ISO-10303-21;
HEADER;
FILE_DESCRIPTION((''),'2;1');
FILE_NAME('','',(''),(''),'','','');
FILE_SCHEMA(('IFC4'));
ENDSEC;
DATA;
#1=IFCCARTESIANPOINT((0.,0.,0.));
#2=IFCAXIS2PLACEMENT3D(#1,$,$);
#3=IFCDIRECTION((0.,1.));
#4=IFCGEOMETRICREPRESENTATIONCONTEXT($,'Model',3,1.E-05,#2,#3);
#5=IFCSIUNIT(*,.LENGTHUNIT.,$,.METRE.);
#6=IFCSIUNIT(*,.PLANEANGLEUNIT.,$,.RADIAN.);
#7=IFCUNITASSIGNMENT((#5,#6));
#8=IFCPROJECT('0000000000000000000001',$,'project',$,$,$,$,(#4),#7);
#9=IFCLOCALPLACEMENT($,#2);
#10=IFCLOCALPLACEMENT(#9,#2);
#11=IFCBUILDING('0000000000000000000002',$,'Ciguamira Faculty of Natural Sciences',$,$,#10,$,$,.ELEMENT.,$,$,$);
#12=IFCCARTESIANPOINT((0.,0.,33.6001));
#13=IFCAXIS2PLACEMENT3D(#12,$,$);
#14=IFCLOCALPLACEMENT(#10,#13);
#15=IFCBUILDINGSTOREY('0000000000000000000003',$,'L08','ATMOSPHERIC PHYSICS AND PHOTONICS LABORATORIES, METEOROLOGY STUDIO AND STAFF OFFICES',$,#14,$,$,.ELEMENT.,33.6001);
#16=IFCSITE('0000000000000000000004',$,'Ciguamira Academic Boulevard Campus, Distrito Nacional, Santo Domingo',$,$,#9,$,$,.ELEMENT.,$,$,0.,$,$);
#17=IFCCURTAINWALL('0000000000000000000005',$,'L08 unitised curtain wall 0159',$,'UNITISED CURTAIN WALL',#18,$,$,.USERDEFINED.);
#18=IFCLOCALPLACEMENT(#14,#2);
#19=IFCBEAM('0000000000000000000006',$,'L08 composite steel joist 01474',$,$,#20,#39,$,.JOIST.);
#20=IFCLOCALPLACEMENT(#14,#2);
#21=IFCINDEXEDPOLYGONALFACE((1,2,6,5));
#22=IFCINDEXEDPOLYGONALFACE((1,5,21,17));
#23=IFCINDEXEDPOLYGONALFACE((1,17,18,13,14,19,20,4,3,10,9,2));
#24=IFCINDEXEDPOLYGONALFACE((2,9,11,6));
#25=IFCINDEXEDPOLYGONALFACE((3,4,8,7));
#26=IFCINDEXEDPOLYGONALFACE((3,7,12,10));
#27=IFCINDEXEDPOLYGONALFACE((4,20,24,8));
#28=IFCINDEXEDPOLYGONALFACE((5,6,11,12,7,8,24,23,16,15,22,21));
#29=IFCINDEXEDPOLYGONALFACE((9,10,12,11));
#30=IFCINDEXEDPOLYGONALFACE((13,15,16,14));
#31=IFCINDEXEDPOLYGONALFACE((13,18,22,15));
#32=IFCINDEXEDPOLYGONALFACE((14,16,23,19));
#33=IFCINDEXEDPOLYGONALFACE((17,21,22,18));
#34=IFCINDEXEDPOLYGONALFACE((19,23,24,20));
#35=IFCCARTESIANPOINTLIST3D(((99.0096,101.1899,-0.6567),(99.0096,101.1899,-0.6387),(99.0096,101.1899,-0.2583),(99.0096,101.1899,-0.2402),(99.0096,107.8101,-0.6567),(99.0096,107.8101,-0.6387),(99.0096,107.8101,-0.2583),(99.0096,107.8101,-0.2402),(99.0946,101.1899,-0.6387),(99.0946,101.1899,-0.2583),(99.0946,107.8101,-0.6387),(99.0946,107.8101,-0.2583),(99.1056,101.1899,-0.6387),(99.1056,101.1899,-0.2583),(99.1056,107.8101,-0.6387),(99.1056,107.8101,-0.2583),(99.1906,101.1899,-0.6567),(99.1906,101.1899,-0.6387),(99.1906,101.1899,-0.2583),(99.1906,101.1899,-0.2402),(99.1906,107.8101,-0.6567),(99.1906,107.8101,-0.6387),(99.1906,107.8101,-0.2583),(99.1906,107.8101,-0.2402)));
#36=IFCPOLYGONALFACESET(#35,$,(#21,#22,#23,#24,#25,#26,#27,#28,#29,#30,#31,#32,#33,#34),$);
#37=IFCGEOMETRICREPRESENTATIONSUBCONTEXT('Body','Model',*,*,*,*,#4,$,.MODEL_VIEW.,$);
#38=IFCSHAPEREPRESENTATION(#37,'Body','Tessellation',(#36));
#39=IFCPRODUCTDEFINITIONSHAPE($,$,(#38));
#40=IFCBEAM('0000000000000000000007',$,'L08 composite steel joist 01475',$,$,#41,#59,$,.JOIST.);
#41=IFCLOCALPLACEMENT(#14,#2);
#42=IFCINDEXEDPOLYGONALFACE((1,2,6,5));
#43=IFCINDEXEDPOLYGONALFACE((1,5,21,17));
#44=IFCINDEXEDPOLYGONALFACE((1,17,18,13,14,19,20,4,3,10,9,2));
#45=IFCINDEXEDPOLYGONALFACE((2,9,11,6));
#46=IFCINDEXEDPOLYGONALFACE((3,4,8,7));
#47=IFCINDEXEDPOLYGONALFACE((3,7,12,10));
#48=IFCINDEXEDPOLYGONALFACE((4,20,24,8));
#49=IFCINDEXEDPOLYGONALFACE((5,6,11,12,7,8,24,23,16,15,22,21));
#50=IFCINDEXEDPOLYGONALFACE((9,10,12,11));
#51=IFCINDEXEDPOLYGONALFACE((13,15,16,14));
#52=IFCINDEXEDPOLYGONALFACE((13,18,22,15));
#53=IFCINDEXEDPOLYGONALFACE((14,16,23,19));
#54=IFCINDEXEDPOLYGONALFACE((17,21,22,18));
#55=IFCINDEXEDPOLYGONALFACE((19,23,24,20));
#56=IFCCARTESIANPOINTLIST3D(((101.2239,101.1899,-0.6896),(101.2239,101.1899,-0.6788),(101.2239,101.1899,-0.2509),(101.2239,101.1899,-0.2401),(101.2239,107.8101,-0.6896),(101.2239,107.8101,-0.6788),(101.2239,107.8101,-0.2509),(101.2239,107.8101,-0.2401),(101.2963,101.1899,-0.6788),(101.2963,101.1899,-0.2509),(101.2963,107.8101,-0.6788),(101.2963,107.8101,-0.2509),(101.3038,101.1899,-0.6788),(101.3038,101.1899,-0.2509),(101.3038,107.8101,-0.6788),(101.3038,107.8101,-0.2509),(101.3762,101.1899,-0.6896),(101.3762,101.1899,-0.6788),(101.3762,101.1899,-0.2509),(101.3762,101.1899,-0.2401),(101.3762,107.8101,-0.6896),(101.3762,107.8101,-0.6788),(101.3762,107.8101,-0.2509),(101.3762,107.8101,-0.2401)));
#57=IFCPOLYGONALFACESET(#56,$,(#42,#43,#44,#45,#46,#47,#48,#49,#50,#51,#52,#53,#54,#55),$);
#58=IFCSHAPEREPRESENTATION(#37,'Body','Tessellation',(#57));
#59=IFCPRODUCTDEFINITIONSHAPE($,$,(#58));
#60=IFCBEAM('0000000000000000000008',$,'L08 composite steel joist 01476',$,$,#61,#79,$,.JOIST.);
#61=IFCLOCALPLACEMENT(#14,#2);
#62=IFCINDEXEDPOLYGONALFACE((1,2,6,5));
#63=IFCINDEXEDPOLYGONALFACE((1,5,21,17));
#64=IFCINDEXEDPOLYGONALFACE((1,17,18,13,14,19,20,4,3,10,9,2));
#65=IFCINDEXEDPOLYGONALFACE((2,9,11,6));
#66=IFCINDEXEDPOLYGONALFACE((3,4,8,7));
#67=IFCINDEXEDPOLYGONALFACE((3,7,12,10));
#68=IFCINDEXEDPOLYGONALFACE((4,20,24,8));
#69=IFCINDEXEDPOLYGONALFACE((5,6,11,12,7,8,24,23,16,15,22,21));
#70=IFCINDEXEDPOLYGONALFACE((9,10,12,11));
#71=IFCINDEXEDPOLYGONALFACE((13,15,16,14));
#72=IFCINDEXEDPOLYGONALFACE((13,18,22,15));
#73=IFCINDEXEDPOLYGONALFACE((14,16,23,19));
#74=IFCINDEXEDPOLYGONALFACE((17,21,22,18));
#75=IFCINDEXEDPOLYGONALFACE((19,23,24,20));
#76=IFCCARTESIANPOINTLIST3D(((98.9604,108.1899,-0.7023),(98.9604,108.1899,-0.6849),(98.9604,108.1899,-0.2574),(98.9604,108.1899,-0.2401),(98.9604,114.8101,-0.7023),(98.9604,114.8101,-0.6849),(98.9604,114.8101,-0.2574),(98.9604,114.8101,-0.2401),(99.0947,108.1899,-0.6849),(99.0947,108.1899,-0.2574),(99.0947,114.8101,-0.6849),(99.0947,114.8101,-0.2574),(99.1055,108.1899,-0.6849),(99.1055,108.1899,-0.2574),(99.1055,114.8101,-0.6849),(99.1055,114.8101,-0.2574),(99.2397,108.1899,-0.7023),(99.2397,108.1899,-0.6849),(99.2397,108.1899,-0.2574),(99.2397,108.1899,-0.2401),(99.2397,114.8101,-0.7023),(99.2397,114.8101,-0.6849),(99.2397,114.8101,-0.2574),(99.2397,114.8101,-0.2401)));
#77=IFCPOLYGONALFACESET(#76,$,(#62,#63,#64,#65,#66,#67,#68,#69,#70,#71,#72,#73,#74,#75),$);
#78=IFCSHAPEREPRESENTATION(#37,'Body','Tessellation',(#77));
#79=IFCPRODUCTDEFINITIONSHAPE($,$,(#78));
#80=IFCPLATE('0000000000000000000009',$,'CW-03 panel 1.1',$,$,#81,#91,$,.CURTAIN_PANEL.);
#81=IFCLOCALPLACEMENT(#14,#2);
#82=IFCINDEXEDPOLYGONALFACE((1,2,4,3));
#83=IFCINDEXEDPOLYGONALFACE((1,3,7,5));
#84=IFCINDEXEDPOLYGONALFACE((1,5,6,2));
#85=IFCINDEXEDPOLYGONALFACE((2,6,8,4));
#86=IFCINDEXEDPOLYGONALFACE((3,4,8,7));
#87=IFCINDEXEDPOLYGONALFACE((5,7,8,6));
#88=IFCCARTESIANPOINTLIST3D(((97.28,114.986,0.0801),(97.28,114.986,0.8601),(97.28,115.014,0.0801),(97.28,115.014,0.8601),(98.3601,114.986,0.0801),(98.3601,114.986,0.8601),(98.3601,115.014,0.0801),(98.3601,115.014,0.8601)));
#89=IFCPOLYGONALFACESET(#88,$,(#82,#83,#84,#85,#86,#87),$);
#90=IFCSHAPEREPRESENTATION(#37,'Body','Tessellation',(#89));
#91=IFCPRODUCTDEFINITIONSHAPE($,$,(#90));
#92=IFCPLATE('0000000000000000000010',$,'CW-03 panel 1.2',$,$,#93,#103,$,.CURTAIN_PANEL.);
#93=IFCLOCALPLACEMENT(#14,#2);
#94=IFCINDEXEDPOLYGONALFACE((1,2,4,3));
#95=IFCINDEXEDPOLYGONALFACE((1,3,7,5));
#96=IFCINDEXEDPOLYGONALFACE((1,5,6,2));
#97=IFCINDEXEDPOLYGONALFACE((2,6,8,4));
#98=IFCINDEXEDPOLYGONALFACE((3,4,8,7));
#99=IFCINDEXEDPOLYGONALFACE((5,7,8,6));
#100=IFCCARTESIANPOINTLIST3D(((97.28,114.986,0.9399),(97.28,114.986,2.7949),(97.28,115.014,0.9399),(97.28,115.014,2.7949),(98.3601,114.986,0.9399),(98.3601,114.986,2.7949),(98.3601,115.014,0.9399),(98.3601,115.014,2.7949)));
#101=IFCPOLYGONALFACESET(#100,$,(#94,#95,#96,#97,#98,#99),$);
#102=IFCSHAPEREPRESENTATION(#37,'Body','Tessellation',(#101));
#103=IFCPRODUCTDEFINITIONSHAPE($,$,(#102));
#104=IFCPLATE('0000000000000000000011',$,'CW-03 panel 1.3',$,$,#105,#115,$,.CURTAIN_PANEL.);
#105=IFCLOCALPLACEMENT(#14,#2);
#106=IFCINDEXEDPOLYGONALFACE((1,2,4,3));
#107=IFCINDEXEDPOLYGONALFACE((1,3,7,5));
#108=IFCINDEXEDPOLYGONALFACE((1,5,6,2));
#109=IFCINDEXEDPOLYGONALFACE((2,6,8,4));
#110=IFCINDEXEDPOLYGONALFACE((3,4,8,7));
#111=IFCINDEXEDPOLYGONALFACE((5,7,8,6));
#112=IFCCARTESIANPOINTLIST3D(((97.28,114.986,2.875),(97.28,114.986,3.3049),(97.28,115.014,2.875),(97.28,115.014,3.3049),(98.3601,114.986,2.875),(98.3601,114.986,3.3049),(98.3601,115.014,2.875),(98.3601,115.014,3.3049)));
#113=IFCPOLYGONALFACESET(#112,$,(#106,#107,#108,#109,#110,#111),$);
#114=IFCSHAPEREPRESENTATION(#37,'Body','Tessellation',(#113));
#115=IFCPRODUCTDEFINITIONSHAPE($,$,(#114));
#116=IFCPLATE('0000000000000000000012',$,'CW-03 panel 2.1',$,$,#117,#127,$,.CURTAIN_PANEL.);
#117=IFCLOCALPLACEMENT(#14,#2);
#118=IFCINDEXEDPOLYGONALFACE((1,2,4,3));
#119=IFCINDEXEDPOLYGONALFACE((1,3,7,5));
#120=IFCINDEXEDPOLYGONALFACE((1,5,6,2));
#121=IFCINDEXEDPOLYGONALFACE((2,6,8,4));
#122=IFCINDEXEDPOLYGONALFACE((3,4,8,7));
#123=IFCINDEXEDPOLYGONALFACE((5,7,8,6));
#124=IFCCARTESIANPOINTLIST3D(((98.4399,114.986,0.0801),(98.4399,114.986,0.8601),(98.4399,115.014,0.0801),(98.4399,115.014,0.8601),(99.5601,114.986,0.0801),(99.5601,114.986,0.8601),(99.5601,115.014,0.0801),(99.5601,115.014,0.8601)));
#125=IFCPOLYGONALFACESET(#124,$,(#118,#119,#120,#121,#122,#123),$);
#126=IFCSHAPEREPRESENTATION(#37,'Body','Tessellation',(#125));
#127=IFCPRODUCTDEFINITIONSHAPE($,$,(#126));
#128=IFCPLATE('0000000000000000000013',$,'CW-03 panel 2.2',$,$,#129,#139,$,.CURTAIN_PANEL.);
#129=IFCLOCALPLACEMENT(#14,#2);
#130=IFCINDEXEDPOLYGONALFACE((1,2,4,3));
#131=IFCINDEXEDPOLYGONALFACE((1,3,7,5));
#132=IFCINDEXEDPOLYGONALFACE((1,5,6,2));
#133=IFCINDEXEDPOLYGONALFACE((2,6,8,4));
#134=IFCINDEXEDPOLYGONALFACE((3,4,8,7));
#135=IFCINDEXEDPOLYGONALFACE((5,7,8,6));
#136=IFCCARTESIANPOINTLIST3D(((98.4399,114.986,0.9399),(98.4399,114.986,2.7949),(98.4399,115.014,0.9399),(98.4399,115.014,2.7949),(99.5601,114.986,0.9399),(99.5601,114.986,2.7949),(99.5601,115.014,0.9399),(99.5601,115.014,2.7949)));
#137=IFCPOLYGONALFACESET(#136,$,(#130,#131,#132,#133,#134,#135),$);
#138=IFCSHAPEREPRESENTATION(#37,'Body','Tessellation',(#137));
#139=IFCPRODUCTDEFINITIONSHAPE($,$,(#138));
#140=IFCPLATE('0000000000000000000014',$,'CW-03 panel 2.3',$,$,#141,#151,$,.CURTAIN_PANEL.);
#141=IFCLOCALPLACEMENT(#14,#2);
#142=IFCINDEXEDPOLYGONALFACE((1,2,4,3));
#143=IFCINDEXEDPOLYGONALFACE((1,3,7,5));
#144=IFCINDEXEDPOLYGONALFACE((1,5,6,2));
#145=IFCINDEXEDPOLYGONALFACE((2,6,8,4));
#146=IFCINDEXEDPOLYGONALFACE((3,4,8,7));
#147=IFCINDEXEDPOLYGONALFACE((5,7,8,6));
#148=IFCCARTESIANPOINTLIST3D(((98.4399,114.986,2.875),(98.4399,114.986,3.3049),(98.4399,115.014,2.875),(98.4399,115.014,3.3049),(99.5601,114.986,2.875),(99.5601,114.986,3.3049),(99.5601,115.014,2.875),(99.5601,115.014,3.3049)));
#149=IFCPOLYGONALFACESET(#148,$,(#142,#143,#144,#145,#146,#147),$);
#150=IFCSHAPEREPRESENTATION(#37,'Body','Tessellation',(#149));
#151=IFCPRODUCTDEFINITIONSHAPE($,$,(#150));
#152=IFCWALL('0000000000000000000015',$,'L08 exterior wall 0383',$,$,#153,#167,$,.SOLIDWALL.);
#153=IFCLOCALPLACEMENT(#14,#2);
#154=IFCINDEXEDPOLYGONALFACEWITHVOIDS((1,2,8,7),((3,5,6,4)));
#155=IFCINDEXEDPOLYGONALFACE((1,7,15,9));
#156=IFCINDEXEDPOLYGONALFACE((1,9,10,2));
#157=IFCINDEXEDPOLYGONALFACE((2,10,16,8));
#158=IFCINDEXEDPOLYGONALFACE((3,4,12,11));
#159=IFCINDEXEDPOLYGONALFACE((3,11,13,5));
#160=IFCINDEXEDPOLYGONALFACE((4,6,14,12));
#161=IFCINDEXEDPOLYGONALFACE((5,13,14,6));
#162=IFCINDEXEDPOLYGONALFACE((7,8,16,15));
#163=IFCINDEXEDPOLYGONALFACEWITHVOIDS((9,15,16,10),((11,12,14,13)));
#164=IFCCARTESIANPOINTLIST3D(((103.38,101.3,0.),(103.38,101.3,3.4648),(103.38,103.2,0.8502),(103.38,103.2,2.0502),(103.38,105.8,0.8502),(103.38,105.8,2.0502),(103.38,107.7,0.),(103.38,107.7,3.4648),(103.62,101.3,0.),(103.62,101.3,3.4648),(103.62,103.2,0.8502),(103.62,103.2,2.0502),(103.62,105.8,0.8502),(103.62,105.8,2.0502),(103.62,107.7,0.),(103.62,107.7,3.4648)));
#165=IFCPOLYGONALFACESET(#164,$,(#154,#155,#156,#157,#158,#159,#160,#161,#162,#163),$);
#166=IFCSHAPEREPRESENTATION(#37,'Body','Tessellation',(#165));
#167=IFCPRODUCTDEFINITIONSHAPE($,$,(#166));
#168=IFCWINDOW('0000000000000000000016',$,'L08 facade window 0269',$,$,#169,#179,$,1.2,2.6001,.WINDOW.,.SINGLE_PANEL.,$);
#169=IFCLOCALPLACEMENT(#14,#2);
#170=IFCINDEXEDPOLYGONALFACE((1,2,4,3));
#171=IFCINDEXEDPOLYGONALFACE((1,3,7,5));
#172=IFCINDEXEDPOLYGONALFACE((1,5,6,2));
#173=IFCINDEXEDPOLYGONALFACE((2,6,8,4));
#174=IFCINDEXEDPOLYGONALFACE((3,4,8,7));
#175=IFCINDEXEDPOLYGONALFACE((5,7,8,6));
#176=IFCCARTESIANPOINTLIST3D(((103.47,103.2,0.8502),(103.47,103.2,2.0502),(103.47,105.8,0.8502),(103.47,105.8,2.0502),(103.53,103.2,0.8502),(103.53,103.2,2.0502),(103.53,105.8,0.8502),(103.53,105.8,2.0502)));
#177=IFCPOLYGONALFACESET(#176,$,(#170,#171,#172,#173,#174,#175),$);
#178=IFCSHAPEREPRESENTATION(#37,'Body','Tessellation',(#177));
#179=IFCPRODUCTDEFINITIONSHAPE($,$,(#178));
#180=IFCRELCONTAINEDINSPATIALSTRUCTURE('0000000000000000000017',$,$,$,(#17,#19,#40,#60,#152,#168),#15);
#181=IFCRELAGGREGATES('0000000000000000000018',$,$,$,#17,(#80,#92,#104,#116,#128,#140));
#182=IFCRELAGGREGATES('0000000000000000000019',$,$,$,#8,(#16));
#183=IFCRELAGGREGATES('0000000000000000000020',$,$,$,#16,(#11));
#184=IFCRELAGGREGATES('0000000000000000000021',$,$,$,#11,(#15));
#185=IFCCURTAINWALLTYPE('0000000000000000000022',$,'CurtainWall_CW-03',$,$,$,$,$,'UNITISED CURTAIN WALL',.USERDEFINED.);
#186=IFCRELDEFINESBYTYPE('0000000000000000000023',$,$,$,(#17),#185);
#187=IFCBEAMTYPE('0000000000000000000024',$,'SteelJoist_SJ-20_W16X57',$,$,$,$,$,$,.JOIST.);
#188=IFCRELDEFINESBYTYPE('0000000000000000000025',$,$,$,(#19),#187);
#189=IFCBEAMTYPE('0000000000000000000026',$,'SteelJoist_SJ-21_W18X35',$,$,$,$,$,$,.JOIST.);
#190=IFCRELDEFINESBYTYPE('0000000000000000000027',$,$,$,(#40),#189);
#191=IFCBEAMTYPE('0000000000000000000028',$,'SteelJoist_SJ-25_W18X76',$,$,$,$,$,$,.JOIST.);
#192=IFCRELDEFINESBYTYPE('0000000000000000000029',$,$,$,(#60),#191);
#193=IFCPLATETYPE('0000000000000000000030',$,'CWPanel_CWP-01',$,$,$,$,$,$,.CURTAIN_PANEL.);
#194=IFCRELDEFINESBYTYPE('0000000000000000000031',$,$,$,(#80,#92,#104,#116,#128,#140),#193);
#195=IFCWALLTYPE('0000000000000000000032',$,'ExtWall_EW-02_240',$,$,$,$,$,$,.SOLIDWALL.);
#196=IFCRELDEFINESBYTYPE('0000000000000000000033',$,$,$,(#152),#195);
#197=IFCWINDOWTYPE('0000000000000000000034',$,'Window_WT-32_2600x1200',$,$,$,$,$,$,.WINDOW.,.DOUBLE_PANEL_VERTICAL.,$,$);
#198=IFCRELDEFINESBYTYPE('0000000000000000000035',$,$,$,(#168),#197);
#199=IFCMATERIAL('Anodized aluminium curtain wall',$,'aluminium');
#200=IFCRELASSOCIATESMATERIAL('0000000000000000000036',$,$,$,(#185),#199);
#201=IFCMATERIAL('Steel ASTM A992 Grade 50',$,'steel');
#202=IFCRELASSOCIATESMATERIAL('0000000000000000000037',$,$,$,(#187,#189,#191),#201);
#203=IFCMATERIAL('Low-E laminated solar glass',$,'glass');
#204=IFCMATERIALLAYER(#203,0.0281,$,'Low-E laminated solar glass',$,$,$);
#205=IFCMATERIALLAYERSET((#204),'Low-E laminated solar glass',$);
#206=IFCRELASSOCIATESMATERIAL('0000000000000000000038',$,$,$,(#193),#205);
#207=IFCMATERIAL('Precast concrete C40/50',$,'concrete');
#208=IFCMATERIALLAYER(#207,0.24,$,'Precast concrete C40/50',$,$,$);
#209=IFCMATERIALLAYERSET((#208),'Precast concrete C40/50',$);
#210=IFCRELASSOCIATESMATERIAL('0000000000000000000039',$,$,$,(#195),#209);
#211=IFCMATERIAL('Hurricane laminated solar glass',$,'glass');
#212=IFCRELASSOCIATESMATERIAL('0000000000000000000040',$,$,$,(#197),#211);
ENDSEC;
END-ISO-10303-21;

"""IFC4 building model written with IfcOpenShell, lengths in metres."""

from ifc_helpers import new_model, si_unit, direction, frame, frame_2d, origin, origin_2d, place, context, subcontext, project, spatial, rectangle, i_section, extrude, material, layer, layer_set, material_profile, profile_set, type_object, element, fill, aggregate, save


model = new_model("IFC4")

# Units and contexts
model_context = context("Model", 3, precision=1e-05, world=origin(), true_north=direction((0.0, 1.0)))
body_context = subcontext(model_context, "Body", "Model", "MODEL_VIEW")
ifc_project = project(units=[si_unit("LENGTHUNIT", "METRE"), si_unit("PLANEANGLEUNIT", "RADIAN")], contexts=[model_context])

# Site, building, storey
site_placement = place(None, origin())
site = spatial("IfcSite", under=ifc_project, at=site_placement, Name="Ciguamira Academic Boulevard Campus, Distrito Nacional, Santo Domingo", CompositionType="ELEMENT", RefElevation=0.0)
building_placement = place(site_placement, origin())
building = spatial("IfcBuilding", under=site, at=building_placement, Name="Ciguamira Faculty of Natural Sciences", CompositionType="ELEMENT")
storey_placement = place(building_placement, frame((0.0, 0.0, 33.6001)))
storey = spatial("IfcBuildingStorey", under=building, at=storey_placement, Name="L08", Description="ATMOSPHERIC PHYSICS AND PHOTONICS LABORATORIES, METEOROLOGY STUDIO AND STAFF OFFICES", CompositionType="ELEMENT", Elevation=33.6001)

# Curtain wall
ifc_material_1 = material(Name="Anodized aluminium curtain wall", Category="aluminium")
curtain_wall_type = type_object("IfcCurtainWallType", Name="CurtainWall_CW-03", ElementType="UNITISED CURTAIN WALL", PredefinedType="USERDEFINED", material=ifc_material_1)
curtain_wall_placement = place(storey_placement, origin())
curtain_wall = element("IfcCurtainWall", 1, at=curtain_wall_placement, inside=storey, type_object=curtain_wall_type, Name="L08 unitised curtain wall 0159", ObjectType="UNITISED CURTAIN WALL", PredefinedType="USERDEFINED")

# Beams
ifc_material_2 = material(Name="Precast concrete C40/50", Category="concrete")
ifc_material_3 = material(Name="Steel ASTM A992 Grade 50", Category="steel")
ifc_material_profile_1 = material_profile(ifc_material_3, i_section(OverallWidth=0.1809, OverallDepth=0.4165, WebThickness=0.011, FlangeThickness=0.0181, at=origin_2d()), Name="W16X57")
ifc_profile_set_1 = profile_set([ifc_material_profile_1], Name="Steel ASTM A992 Grade 50")
beam_type_1 = type_object("IfcBeamType", Name="SteelJoist_SJ-20_W16X57", PredefinedType="JOIST", material=ifc_profile_set_1)
beam_1_placement = place(storey_placement, frame((99.1001, 101.1899, -0.4485), z_axis=(0.0, 1.0, 0.0), x_axis=(-1.0, 0.0, 0.0)))
element("IfcBeam", 2, at=beam_1_placement, inside=storey, type_object=beam_type_1, Name="L08 composite steel joist 01474", PredefinedType="JOIST", context=body_context, shape_type="SweptSolid", body=[
    extrude(i_section(OverallWidth=0.1809, OverallDepth=0.4165, WebThickness=0.011, FlangeThickness=0.0181, at=origin_2d()), origin(), (0.0, 0.0, 1.0), 6.6201),
])
ifc_material_profile_2 = material_profile(ifc_material_3, i_section(OverallWidth=0.1523, OverallDepth=0.4495, WebThickness=0.0076, FlangeThickness=0.0107, at=origin_2d()), Name="W18X35")
ifc_profile_set_2 = profile_set([ifc_material_profile_2], Name="Steel ASTM A992 Grade 50")
beam_type_2 = type_object("IfcBeamType", Name="SteelJoist_SJ-21_W18X35", PredefinedType="JOIST", material=ifc_profile_set_2)
beam_2_placement = place(storey_placement, frame((101.3, 101.1899, -0.4648), z_axis=(0.0, 1.0, 0.0), x_axis=(-1.0, 0.0, 0.0)))
element("IfcBeam", 3, at=beam_2_placement, inside=storey, type_object=beam_type_2, Name="L08 composite steel joist 01475", PredefinedType="JOIST", context=body_context, shape_type="SweptSolid", body=[
    extrude(i_section(OverallWidth=0.1523, OverallDepth=0.4495, WebThickness=0.0076, FlangeThickness=0.0107, at=origin_2d()), origin(), (0.0, 0.0, 1.0), 6.6201),
])
ifc_material_profile_3 = material_profile(ifc_material_3, i_section(OverallWidth=0.2793, OverallDepth=0.4622, WebThickness=0.0107, FlangeThickness=0.0173, at=origin_2d()), Name="W18X76")
ifc_profile_set_3 = profile_set([ifc_material_profile_3], Name="Steel ASTM A992 Grade 50")
beam_type_3 = type_object("IfcBeamType", Name="SteelJoist_SJ-25_W18X76", PredefinedType="JOIST", material=ifc_profile_set_3)
beam_3_placement = place(storey_placement, frame((99.1001, 108.1899, -0.4712), z_axis=(0.0, 1.0, 0.0), x_axis=(-1.0, 0.0, 0.0)))
element("IfcBeam", 4, at=beam_3_placement, inside=storey, type_object=beam_type_3, Name="L08 composite steel joist 01476", PredefinedType="JOIST", context=body_context, shape_type="SweptSolid", body=[
    extrude(i_section(OverallWidth=0.2793, OverallDepth=0.4622, WebThickness=0.0107, FlangeThickness=0.0173, at=origin_2d()), origin(), (0.0, 0.0, 1.0), 6.6201),
])

# Plates
ifc_material_4 = material(Name="Low-E laminated solar glass", Category="glass")
ifc_layer_1 = layer(ifc_material_4, 0.0281, Name="Low-E laminated solar glass")
ifc_layer_set_1 = layer_set([ifc_layer_1], Name="Low-E laminated solar glass")
plate_type = type_object("IfcPlateType", Name="CWPanel_CWP-01", PredefinedType="CURTAIN_PANEL", material=ifc_layer_set_1)
plate_1_placement = place(storey_placement, frame((97.8201, 115.0, 0.0801), z_axis=(0.0, 0.0, 1.0), x_axis=(1.0, 0.0, 0.0)))
plate_1 = element("IfcPlate", 5, at=plate_1_placement, type_object=plate_type, Name="CW-03 panel 1.1", PredefinedType="CURTAIN_PANEL", context=body_context, shape_type="SweptSolid", body=[
    extrude(rectangle(XDim=1.0801, YDim=0.0281, at=origin_2d()), origin(), (0.0, 0.0, 1.0), 0.78),
])
plate_2_placement = place(storey_placement, frame((97.8201, 115.0, 0.9399), z_axis=(0.0, 0.0, 1.0), x_axis=(1.0, 0.0, 0.0)))
plate_2 = element("IfcPlate", 6, at=plate_2_placement, type_object=plate_type, Name="CW-03 panel 1.2", PredefinedType="CURTAIN_PANEL", context=body_context, shape_type="SweptSolid", body=[
    extrude(rectangle(XDim=1.0801, YDim=0.0281, at=origin_2d()), origin(), (0.0, 0.0, 1.0), 1.855),
])
plate_3_placement = place(storey_placement, frame((97.8201, 115.0, 2.875), z_axis=(0.0, 0.0, 1.0), x_axis=(1.0, 0.0, 0.0)))
plate_3 = element("IfcPlate", 7, at=plate_3_placement, type_object=plate_type, Name="CW-03 panel 1.3", PredefinedType="CURTAIN_PANEL", context=body_context, shape_type="SweptSolid", body=[
    extrude(rectangle(XDim=1.0801, YDim=0.0281, at=origin_2d()), origin(), (0.0, 0.0, 1.0), 0.4299),
])
plate_4_placement = place(storey_placement, frame((99.0, 115.0, 0.0801), z_axis=(0.0, 0.0, 1.0), x_axis=(1.0, 0.0, 0.0)))
plate_4 = element("IfcPlate", 8, at=plate_4_placement, type_object=plate_type, Name="CW-03 panel 2.1", PredefinedType="CURTAIN_PANEL", context=body_context, shape_type="SweptSolid", body=[
    extrude(rectangle(XDim=1.1201, YDim=0.0281, at=origin_2d()), origin(), (0.0, 0.0, 1.0), 0.78),
])
plate_5_placement = place(storey_placement, frame((99.0, 115.0, 0.9399), z_axis=(0.0, 0.0, 1.0), x_axis=(1.0, 0.0, 0.0)))
plate_5 = element("IfcPlate", 9, at=plate_5_placement, type_object=plate_type, Name="CW-03 panel 2.2", PredefinedType="CURTAIN_PANEL", context=body_context, shape_type="SweptSolid", body=[
    extrude(rectangle(XDim=1.1201, YDim=0.0281, at=origin_2d()), origin(), (0.0, 0.0, 1.0), 1.855),
])
plate_6_placement = place(storey_placement, frame((99.0, 115.0, 2.875), z_axis=(0.0, 0.0, 1.0), x_axis=(1.0, 0.0, 0.0)))
plate_6 = element("IfcPlate", 10, at=plate_6_placement, type_object=plate_type, Name="CW-03 panel 2.3", PredefinedType="CURTAIN_PANEL", context=body_context, shape_type="SweptSolid", body=[
    extrude(rectangle(XDim=1.1201, YDim=0.0281, at=origin_2d()), origin(), (0.0, 0.0, 1.0), 0.4299),
])
aggregate(curtain_wall, [plate_1, plate_2, plate_3, plate_4, plate_5, plate_6])

# Wall, opening, window
ifc_layer_2 = layer(ifc_material_2, 0.24, Name="Precast concrete C40/50")
ifc_layer_set_2 = layer_set([ifc_layer_2], Name="Precast concrete C40/50")
wall_type_1 = type_object("IfcWallType", Name="ExtWall_EW-02_240", PredefinedType="SOLIDWALL", material=ifc_layer_set_2)
wall_1_placement = place(storey_placement, frame((103.5, 101.3, 0.0), z_axis=(0.0, 0.0, 1.0), x_axis=(0.0, 1.0, 0.0)))
wall_1 = element("IfcWall", 11, at=wall_1_placement, inside=storey, type_object=wall_type_1, Name="L08 exterior wall 0383", PredefinedType="SOLIDWALL", context=body_context, shape_type="SweptSolid", body=[
    extrude(rectangle(XDim=6.3999, YDim=0.24, at=frame_2d((3.2, 0.0))), origin(), (0.0, 0.0, 1.0), 3.4648),
])
opening_1_placement = place(wall_1_placement, frame((1.8999, 0.0, 0.8501)))
opening_1 = element("IfcOpeningElement", 12, at=opening_1_placement, cuts=wall_1, PredefinedType="OPENING", context=body_context, shape_type="SweptSolid", body=[
    extrude(rectangle(XDim=2.6001, YDim=1.2, at=frame_2d((1.3, 0.6001))), frame((0.0, 0.1299, 0.0), z_axis=(0.0, -1.0, 0.0), x_axis=(1.0, 0.0, 0.0)), (0.0, 0.0, 1.0), 0.26),
])
ifc_material_5 = material(Name="Hurricane laminated solar glass", Category="glass")
window_type_1 = type_object("IfcWindowType", Name="Window_WT-32_2600x1200", PartitioningType="DOUBLE_PANEL_VERTICAL", PredefinedType="WINDOW", material=ifc_material_5)
window_1_placement = place(opening_1_placement, origin())
window_1 = element("IfcWindow", 13, at=window_1_placement, inside=storey, type_object=window_type_1, Name="L08 facade window 0269", OverallHeight=1.2, OverallWidth=2.6001, PartitioningType="SINGLE_PANEL", PredefinedType="WINDOW", context=body_context, shape_type="SweptSolid", body=[
    extrude(rectangle(XDim=2.6001, YDim=1.2, at=frame_2d((1.3, 0.6001))), frame((0.0, 0.03, 0.0), z_axis=(0.0, -1.0, 0.0), x_axis=(1.0, 0.0, 0.0)), (0.0, 0.0, 1.0), 0.0601),
])
fill(opening_1, window_1)

save(model, "model.ifc")
